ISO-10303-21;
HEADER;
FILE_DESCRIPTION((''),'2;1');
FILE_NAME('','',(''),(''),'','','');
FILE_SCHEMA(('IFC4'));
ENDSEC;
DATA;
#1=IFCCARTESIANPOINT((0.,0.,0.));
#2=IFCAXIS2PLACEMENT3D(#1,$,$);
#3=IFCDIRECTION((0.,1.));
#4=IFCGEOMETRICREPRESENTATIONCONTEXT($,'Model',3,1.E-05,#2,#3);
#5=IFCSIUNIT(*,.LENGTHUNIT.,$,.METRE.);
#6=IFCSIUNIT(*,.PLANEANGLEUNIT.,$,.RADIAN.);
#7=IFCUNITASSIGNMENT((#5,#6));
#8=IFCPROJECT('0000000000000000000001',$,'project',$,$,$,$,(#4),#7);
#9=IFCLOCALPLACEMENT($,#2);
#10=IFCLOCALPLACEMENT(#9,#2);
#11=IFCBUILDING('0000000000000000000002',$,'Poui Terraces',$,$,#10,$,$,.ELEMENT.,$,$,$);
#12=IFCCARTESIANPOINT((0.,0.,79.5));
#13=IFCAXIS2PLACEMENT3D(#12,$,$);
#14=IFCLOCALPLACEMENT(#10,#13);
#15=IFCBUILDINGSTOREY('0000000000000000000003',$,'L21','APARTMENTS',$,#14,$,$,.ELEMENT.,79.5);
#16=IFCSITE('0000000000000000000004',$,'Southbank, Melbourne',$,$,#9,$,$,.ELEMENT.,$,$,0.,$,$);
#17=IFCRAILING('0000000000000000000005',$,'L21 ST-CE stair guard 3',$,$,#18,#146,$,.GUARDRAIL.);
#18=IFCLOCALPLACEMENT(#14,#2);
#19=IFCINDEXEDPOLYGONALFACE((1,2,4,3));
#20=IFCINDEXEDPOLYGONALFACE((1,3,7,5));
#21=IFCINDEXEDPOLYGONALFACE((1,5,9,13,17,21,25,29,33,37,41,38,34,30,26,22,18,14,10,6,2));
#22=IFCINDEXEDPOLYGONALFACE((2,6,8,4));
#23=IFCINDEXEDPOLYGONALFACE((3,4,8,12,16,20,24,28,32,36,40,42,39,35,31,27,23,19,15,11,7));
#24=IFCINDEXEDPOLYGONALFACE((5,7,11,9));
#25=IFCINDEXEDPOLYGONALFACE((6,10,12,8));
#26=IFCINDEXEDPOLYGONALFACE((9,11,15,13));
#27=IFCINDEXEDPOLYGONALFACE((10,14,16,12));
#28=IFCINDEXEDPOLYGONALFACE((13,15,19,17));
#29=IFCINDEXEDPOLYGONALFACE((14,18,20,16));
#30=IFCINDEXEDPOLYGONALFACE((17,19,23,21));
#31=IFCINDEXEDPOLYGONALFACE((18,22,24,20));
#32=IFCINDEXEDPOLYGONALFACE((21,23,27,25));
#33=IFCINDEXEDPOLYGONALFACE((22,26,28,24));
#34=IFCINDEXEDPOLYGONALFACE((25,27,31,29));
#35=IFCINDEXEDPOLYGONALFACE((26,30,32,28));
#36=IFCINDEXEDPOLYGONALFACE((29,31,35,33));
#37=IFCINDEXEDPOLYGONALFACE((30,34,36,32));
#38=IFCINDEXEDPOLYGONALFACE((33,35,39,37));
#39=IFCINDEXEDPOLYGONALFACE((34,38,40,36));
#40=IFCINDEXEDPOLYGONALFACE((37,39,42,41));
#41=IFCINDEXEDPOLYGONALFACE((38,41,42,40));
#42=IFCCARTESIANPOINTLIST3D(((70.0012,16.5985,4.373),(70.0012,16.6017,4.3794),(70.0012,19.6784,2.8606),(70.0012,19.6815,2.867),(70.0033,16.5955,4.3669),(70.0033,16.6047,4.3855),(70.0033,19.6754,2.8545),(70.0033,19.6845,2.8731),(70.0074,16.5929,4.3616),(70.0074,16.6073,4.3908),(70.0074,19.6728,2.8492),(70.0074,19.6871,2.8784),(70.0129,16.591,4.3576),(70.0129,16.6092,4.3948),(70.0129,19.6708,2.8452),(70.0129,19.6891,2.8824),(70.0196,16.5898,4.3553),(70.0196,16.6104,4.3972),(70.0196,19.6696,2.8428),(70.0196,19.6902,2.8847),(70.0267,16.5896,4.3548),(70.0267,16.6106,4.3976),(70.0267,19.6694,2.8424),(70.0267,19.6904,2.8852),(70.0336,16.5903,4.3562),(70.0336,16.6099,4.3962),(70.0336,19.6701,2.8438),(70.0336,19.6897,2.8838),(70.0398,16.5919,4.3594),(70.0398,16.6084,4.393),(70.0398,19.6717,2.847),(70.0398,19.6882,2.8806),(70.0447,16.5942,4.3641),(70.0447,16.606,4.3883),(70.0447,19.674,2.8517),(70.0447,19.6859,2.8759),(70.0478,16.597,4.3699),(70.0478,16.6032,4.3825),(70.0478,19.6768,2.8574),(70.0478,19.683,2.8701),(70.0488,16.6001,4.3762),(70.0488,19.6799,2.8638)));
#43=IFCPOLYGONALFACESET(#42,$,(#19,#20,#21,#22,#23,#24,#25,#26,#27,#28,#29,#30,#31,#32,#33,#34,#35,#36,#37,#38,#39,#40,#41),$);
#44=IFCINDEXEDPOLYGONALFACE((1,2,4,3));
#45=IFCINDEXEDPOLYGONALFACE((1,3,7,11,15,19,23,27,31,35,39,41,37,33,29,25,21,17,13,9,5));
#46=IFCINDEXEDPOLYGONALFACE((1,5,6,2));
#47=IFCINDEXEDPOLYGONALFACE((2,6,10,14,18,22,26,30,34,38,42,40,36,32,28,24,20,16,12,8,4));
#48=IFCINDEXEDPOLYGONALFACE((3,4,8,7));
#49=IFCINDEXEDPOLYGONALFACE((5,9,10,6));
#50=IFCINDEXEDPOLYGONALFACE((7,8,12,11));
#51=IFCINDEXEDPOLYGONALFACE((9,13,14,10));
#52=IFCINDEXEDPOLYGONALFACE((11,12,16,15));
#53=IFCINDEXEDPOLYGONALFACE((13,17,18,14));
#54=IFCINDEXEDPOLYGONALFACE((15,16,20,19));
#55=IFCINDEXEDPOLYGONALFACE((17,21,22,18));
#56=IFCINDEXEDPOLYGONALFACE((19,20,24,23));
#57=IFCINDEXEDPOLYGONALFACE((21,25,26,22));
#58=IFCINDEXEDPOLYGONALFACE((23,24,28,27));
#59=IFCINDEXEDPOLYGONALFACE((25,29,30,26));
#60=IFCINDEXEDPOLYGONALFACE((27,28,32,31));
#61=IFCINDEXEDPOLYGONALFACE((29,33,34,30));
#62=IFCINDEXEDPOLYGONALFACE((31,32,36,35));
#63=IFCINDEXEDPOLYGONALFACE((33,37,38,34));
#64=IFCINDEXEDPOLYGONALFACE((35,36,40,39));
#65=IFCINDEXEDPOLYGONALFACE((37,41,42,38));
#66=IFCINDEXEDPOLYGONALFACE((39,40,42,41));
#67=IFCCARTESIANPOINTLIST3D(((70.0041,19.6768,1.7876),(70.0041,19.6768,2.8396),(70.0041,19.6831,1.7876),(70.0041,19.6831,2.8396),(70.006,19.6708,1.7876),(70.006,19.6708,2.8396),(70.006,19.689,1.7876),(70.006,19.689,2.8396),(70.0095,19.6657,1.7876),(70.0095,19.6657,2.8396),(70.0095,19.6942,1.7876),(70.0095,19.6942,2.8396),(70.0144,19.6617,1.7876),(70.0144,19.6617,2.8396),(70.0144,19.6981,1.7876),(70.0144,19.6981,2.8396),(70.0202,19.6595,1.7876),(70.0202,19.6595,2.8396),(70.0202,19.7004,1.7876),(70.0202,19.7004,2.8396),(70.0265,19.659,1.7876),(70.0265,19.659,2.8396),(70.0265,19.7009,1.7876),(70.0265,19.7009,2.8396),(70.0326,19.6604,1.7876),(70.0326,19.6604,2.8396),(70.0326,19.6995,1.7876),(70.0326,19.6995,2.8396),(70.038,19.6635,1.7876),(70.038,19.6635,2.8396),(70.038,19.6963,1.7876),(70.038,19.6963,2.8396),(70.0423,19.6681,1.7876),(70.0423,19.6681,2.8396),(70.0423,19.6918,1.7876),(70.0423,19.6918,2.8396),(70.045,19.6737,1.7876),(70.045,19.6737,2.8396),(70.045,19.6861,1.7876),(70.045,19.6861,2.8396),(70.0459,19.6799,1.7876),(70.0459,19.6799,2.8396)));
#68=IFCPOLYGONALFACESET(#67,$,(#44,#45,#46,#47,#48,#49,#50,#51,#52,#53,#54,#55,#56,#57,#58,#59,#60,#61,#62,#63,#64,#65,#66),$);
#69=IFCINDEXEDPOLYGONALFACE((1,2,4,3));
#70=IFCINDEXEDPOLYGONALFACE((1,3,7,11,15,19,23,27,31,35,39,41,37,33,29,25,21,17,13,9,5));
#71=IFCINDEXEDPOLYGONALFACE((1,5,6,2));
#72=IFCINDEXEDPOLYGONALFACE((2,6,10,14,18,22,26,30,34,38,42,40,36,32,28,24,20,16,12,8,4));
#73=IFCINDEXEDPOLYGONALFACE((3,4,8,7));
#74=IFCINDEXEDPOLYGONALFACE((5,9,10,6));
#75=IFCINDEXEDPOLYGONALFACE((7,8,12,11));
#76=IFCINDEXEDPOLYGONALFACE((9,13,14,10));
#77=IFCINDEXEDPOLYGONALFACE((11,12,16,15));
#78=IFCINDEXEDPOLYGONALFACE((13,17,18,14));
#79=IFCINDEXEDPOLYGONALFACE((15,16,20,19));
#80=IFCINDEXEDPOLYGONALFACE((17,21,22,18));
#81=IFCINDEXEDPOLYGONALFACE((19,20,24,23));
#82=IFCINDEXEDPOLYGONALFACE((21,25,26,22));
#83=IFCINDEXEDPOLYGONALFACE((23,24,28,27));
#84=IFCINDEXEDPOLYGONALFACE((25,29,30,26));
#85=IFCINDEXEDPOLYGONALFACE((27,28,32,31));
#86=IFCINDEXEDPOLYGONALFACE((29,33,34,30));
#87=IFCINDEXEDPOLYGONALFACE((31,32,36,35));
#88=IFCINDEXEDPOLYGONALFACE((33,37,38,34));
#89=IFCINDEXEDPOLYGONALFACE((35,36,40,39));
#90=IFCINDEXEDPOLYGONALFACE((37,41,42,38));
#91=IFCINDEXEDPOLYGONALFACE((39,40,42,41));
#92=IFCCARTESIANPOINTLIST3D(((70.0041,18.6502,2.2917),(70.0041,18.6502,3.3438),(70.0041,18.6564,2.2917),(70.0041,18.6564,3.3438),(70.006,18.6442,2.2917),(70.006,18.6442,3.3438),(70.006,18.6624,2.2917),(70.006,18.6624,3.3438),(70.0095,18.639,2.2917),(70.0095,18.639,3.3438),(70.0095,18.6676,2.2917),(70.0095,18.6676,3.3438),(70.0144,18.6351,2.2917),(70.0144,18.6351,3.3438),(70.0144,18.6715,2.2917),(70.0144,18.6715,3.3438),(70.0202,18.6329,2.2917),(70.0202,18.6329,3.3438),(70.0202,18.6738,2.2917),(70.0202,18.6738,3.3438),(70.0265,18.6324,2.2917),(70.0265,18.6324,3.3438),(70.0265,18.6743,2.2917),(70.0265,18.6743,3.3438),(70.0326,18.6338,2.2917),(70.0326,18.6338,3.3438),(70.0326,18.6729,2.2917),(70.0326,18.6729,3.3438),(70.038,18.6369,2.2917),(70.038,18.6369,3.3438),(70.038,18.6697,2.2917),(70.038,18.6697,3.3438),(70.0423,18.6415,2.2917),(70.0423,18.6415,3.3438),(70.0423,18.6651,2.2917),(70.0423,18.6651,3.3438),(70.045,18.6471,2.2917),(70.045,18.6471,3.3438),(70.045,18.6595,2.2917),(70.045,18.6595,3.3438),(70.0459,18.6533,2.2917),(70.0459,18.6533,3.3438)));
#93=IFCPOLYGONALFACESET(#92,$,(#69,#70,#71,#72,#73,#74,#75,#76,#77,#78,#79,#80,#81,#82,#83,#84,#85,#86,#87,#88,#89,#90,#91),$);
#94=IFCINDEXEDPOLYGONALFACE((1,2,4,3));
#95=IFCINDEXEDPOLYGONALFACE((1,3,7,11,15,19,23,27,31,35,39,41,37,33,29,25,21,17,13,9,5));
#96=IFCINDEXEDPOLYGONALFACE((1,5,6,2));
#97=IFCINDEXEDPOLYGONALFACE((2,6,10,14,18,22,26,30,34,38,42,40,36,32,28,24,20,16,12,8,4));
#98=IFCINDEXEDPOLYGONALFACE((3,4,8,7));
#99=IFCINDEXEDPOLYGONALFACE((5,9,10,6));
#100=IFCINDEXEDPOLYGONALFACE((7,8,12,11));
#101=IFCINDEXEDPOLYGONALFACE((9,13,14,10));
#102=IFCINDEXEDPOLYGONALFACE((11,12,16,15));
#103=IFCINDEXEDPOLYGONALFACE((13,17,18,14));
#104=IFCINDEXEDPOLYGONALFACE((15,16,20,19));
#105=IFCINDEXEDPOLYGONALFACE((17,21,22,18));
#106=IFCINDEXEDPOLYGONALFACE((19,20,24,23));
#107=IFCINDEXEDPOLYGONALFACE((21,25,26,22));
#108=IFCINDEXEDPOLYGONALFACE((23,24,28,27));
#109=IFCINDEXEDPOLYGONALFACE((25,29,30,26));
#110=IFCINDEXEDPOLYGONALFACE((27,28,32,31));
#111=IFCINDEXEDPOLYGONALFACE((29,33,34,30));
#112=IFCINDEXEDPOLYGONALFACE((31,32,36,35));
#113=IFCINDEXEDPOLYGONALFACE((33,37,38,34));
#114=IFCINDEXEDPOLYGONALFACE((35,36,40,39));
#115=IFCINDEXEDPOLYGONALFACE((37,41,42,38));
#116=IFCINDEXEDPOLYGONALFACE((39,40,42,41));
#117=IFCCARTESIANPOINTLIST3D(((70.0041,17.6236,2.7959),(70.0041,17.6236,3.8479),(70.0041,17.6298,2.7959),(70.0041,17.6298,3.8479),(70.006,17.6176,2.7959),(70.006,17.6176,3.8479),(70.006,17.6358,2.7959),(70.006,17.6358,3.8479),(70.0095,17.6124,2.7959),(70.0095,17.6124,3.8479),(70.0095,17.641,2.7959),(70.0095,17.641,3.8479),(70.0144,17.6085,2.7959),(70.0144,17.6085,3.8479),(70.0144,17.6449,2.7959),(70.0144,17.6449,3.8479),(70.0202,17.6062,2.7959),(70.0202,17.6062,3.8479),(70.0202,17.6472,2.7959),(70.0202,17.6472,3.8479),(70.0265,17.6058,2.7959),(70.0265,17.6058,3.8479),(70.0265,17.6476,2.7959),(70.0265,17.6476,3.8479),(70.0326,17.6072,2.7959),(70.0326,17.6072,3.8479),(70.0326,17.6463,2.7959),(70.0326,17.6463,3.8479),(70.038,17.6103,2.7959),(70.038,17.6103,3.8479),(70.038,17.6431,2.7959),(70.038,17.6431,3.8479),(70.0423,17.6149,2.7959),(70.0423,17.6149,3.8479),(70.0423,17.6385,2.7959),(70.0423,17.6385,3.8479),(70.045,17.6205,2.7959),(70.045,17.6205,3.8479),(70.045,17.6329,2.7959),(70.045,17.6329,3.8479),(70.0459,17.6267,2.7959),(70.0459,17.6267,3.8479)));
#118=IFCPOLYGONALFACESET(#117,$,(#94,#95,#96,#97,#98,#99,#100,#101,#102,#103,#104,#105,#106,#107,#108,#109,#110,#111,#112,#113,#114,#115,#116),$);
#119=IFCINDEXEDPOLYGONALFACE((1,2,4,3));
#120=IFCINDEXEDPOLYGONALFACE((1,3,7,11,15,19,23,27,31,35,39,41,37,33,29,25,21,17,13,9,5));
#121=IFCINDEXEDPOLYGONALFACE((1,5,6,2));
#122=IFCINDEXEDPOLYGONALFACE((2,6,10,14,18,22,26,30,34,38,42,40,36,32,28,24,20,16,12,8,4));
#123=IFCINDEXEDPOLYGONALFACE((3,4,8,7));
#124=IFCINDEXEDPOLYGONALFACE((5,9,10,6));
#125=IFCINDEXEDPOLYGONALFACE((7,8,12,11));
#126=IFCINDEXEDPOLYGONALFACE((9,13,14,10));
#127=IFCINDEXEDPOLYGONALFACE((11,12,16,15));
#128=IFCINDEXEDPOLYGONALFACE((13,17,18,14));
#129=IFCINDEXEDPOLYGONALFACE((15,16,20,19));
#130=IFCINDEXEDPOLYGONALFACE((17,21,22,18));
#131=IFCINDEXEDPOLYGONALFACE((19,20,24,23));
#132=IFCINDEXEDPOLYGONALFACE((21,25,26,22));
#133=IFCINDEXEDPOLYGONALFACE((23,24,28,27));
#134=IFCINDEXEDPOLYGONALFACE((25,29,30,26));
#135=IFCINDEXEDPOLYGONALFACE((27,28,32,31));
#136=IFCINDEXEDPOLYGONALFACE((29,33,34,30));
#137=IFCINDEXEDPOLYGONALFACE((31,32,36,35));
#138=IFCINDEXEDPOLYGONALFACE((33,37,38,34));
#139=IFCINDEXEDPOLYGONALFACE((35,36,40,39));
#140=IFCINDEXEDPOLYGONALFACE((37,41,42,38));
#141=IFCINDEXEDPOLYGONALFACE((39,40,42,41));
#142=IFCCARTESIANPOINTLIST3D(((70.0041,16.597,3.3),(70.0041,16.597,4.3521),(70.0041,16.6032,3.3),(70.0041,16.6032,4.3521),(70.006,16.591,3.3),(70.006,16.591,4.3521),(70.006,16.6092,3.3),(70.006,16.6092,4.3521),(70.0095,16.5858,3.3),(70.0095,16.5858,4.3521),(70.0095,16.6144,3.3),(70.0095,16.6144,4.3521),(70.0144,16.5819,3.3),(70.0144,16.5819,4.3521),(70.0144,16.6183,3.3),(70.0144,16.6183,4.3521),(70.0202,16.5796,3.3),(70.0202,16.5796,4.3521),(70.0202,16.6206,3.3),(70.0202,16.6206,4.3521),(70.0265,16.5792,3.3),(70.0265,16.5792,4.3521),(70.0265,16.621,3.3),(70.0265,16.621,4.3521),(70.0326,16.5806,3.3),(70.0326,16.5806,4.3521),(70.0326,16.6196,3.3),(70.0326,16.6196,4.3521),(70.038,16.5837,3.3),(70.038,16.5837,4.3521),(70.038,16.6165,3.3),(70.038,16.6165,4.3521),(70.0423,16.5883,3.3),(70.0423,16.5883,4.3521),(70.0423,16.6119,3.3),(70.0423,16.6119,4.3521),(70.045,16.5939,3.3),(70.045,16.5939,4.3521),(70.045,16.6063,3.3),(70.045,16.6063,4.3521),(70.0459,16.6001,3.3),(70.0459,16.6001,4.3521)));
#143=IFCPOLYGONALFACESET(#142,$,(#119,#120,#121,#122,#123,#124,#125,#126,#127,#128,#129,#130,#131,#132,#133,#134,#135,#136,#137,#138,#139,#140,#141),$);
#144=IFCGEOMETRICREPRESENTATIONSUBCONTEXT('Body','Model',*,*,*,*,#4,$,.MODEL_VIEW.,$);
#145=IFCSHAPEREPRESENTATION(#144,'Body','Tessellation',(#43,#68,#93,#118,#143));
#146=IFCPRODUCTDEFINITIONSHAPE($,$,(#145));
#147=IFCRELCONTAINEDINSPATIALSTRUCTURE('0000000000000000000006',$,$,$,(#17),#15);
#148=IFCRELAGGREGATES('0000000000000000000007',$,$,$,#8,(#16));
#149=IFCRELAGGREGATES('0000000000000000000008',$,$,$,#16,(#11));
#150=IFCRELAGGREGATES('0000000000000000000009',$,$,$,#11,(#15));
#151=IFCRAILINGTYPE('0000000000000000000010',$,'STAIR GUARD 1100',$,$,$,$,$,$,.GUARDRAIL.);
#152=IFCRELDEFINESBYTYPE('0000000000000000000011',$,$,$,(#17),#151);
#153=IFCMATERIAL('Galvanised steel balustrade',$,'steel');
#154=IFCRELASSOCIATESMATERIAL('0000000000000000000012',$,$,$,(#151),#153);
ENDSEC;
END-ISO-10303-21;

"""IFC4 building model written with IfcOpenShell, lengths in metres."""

from ifc_helpers import new_model, si_unit, direction, frame, origin, origin_2d, place, context, subcontext, project, spatial, circle, extrude, material, type_object, element, save


model = new_model("IFC4")

# Units and contexts
model_context = context("Model", 3, precision=1e-05, world=origin(), true_north=direction((0.0, 1.0)))
body_context = subcontext(model_context, "Body", "Model", "MODEL_VIEW")
ifc_project = project(units=[si_unit("LENGTHUNIT", "METRE"), si_unit("PLANEANGLEUNIT", "RADIAN")], contexts=[model_context])

# Site, building, storey
site_placement = place(None, origin())
site = spatial("IfcSite", under=ifc_project, at=site_placement, Name="Southbank, Melbourne", CompositionType="ELEMENT", RefElevation=0.0)
building_placement = place(site_placement, origin())
building = spatial("IfcBuilding", under=site, at=building_placement, Name="Poui Terraces", CompositionType="ELEMENT")
storey_placement = place(building_placement, frame((0.0, 0.0, 79.5)))
storey = spatial("IfcBuildingStorey", under=building, at=storey_placement, Name="L21", Description="APARTMENTS", CompositionType="ELEMENT", Elevation=79.5)

# Railing
ifc_material_1 = material(Name="Galvanised steel balustrade", Category="steel")
railing_type_1 = type_object("IfcRailingType", Name="STAIR GUARD 1100", PredefinedType="GUARDRAIL", material=ifc_material_1)
railing_1_placement = place(storey_placement, frame((70.0249, 19.6799, 1.7876)))
element("IfcRailing", 1, at=railing_1_placement, inside=storey, type_object=railing_type_1, Name="L21 ST-CE stair guard 3", PredefinedType="GUARDRAIL", context=body_context, shape_type="SweptSolid", body=[
    extrude(circle(Radius=0.0239, at=origin_2d()), frame((0.0, 0.0, 1.0762), z_axis=(0.0, -0.897606, 0.440798), x_axis=(1.0, 0.0, 0.0)), (0.0, 0.0, 1.0), 3.4312),
    extrude(circle(Radius=0.021, at=origin_2d()), origin(), (0.0, 0.0, 1.0), 1.052),
    extrude(circle(Radius=0.021, at=origin_2d()), frame((0.0, -1.0266, 0.5042)), (0.0, 0.0, 1.0), 1.052),
    extrude(circle(Radius=0.021, at=origin_2d()), frame((0.0, -2.0532, 1.0083)), (0.0, 0.0, 1.0), 1.052),
    extrude(circle(Radius=0.021, at=origin_2d()), frame((0.0, -3.0798, 1.5125)), (0.0, 0.0, 1.0), 1.052),
])

save(model, "model.ifc")
